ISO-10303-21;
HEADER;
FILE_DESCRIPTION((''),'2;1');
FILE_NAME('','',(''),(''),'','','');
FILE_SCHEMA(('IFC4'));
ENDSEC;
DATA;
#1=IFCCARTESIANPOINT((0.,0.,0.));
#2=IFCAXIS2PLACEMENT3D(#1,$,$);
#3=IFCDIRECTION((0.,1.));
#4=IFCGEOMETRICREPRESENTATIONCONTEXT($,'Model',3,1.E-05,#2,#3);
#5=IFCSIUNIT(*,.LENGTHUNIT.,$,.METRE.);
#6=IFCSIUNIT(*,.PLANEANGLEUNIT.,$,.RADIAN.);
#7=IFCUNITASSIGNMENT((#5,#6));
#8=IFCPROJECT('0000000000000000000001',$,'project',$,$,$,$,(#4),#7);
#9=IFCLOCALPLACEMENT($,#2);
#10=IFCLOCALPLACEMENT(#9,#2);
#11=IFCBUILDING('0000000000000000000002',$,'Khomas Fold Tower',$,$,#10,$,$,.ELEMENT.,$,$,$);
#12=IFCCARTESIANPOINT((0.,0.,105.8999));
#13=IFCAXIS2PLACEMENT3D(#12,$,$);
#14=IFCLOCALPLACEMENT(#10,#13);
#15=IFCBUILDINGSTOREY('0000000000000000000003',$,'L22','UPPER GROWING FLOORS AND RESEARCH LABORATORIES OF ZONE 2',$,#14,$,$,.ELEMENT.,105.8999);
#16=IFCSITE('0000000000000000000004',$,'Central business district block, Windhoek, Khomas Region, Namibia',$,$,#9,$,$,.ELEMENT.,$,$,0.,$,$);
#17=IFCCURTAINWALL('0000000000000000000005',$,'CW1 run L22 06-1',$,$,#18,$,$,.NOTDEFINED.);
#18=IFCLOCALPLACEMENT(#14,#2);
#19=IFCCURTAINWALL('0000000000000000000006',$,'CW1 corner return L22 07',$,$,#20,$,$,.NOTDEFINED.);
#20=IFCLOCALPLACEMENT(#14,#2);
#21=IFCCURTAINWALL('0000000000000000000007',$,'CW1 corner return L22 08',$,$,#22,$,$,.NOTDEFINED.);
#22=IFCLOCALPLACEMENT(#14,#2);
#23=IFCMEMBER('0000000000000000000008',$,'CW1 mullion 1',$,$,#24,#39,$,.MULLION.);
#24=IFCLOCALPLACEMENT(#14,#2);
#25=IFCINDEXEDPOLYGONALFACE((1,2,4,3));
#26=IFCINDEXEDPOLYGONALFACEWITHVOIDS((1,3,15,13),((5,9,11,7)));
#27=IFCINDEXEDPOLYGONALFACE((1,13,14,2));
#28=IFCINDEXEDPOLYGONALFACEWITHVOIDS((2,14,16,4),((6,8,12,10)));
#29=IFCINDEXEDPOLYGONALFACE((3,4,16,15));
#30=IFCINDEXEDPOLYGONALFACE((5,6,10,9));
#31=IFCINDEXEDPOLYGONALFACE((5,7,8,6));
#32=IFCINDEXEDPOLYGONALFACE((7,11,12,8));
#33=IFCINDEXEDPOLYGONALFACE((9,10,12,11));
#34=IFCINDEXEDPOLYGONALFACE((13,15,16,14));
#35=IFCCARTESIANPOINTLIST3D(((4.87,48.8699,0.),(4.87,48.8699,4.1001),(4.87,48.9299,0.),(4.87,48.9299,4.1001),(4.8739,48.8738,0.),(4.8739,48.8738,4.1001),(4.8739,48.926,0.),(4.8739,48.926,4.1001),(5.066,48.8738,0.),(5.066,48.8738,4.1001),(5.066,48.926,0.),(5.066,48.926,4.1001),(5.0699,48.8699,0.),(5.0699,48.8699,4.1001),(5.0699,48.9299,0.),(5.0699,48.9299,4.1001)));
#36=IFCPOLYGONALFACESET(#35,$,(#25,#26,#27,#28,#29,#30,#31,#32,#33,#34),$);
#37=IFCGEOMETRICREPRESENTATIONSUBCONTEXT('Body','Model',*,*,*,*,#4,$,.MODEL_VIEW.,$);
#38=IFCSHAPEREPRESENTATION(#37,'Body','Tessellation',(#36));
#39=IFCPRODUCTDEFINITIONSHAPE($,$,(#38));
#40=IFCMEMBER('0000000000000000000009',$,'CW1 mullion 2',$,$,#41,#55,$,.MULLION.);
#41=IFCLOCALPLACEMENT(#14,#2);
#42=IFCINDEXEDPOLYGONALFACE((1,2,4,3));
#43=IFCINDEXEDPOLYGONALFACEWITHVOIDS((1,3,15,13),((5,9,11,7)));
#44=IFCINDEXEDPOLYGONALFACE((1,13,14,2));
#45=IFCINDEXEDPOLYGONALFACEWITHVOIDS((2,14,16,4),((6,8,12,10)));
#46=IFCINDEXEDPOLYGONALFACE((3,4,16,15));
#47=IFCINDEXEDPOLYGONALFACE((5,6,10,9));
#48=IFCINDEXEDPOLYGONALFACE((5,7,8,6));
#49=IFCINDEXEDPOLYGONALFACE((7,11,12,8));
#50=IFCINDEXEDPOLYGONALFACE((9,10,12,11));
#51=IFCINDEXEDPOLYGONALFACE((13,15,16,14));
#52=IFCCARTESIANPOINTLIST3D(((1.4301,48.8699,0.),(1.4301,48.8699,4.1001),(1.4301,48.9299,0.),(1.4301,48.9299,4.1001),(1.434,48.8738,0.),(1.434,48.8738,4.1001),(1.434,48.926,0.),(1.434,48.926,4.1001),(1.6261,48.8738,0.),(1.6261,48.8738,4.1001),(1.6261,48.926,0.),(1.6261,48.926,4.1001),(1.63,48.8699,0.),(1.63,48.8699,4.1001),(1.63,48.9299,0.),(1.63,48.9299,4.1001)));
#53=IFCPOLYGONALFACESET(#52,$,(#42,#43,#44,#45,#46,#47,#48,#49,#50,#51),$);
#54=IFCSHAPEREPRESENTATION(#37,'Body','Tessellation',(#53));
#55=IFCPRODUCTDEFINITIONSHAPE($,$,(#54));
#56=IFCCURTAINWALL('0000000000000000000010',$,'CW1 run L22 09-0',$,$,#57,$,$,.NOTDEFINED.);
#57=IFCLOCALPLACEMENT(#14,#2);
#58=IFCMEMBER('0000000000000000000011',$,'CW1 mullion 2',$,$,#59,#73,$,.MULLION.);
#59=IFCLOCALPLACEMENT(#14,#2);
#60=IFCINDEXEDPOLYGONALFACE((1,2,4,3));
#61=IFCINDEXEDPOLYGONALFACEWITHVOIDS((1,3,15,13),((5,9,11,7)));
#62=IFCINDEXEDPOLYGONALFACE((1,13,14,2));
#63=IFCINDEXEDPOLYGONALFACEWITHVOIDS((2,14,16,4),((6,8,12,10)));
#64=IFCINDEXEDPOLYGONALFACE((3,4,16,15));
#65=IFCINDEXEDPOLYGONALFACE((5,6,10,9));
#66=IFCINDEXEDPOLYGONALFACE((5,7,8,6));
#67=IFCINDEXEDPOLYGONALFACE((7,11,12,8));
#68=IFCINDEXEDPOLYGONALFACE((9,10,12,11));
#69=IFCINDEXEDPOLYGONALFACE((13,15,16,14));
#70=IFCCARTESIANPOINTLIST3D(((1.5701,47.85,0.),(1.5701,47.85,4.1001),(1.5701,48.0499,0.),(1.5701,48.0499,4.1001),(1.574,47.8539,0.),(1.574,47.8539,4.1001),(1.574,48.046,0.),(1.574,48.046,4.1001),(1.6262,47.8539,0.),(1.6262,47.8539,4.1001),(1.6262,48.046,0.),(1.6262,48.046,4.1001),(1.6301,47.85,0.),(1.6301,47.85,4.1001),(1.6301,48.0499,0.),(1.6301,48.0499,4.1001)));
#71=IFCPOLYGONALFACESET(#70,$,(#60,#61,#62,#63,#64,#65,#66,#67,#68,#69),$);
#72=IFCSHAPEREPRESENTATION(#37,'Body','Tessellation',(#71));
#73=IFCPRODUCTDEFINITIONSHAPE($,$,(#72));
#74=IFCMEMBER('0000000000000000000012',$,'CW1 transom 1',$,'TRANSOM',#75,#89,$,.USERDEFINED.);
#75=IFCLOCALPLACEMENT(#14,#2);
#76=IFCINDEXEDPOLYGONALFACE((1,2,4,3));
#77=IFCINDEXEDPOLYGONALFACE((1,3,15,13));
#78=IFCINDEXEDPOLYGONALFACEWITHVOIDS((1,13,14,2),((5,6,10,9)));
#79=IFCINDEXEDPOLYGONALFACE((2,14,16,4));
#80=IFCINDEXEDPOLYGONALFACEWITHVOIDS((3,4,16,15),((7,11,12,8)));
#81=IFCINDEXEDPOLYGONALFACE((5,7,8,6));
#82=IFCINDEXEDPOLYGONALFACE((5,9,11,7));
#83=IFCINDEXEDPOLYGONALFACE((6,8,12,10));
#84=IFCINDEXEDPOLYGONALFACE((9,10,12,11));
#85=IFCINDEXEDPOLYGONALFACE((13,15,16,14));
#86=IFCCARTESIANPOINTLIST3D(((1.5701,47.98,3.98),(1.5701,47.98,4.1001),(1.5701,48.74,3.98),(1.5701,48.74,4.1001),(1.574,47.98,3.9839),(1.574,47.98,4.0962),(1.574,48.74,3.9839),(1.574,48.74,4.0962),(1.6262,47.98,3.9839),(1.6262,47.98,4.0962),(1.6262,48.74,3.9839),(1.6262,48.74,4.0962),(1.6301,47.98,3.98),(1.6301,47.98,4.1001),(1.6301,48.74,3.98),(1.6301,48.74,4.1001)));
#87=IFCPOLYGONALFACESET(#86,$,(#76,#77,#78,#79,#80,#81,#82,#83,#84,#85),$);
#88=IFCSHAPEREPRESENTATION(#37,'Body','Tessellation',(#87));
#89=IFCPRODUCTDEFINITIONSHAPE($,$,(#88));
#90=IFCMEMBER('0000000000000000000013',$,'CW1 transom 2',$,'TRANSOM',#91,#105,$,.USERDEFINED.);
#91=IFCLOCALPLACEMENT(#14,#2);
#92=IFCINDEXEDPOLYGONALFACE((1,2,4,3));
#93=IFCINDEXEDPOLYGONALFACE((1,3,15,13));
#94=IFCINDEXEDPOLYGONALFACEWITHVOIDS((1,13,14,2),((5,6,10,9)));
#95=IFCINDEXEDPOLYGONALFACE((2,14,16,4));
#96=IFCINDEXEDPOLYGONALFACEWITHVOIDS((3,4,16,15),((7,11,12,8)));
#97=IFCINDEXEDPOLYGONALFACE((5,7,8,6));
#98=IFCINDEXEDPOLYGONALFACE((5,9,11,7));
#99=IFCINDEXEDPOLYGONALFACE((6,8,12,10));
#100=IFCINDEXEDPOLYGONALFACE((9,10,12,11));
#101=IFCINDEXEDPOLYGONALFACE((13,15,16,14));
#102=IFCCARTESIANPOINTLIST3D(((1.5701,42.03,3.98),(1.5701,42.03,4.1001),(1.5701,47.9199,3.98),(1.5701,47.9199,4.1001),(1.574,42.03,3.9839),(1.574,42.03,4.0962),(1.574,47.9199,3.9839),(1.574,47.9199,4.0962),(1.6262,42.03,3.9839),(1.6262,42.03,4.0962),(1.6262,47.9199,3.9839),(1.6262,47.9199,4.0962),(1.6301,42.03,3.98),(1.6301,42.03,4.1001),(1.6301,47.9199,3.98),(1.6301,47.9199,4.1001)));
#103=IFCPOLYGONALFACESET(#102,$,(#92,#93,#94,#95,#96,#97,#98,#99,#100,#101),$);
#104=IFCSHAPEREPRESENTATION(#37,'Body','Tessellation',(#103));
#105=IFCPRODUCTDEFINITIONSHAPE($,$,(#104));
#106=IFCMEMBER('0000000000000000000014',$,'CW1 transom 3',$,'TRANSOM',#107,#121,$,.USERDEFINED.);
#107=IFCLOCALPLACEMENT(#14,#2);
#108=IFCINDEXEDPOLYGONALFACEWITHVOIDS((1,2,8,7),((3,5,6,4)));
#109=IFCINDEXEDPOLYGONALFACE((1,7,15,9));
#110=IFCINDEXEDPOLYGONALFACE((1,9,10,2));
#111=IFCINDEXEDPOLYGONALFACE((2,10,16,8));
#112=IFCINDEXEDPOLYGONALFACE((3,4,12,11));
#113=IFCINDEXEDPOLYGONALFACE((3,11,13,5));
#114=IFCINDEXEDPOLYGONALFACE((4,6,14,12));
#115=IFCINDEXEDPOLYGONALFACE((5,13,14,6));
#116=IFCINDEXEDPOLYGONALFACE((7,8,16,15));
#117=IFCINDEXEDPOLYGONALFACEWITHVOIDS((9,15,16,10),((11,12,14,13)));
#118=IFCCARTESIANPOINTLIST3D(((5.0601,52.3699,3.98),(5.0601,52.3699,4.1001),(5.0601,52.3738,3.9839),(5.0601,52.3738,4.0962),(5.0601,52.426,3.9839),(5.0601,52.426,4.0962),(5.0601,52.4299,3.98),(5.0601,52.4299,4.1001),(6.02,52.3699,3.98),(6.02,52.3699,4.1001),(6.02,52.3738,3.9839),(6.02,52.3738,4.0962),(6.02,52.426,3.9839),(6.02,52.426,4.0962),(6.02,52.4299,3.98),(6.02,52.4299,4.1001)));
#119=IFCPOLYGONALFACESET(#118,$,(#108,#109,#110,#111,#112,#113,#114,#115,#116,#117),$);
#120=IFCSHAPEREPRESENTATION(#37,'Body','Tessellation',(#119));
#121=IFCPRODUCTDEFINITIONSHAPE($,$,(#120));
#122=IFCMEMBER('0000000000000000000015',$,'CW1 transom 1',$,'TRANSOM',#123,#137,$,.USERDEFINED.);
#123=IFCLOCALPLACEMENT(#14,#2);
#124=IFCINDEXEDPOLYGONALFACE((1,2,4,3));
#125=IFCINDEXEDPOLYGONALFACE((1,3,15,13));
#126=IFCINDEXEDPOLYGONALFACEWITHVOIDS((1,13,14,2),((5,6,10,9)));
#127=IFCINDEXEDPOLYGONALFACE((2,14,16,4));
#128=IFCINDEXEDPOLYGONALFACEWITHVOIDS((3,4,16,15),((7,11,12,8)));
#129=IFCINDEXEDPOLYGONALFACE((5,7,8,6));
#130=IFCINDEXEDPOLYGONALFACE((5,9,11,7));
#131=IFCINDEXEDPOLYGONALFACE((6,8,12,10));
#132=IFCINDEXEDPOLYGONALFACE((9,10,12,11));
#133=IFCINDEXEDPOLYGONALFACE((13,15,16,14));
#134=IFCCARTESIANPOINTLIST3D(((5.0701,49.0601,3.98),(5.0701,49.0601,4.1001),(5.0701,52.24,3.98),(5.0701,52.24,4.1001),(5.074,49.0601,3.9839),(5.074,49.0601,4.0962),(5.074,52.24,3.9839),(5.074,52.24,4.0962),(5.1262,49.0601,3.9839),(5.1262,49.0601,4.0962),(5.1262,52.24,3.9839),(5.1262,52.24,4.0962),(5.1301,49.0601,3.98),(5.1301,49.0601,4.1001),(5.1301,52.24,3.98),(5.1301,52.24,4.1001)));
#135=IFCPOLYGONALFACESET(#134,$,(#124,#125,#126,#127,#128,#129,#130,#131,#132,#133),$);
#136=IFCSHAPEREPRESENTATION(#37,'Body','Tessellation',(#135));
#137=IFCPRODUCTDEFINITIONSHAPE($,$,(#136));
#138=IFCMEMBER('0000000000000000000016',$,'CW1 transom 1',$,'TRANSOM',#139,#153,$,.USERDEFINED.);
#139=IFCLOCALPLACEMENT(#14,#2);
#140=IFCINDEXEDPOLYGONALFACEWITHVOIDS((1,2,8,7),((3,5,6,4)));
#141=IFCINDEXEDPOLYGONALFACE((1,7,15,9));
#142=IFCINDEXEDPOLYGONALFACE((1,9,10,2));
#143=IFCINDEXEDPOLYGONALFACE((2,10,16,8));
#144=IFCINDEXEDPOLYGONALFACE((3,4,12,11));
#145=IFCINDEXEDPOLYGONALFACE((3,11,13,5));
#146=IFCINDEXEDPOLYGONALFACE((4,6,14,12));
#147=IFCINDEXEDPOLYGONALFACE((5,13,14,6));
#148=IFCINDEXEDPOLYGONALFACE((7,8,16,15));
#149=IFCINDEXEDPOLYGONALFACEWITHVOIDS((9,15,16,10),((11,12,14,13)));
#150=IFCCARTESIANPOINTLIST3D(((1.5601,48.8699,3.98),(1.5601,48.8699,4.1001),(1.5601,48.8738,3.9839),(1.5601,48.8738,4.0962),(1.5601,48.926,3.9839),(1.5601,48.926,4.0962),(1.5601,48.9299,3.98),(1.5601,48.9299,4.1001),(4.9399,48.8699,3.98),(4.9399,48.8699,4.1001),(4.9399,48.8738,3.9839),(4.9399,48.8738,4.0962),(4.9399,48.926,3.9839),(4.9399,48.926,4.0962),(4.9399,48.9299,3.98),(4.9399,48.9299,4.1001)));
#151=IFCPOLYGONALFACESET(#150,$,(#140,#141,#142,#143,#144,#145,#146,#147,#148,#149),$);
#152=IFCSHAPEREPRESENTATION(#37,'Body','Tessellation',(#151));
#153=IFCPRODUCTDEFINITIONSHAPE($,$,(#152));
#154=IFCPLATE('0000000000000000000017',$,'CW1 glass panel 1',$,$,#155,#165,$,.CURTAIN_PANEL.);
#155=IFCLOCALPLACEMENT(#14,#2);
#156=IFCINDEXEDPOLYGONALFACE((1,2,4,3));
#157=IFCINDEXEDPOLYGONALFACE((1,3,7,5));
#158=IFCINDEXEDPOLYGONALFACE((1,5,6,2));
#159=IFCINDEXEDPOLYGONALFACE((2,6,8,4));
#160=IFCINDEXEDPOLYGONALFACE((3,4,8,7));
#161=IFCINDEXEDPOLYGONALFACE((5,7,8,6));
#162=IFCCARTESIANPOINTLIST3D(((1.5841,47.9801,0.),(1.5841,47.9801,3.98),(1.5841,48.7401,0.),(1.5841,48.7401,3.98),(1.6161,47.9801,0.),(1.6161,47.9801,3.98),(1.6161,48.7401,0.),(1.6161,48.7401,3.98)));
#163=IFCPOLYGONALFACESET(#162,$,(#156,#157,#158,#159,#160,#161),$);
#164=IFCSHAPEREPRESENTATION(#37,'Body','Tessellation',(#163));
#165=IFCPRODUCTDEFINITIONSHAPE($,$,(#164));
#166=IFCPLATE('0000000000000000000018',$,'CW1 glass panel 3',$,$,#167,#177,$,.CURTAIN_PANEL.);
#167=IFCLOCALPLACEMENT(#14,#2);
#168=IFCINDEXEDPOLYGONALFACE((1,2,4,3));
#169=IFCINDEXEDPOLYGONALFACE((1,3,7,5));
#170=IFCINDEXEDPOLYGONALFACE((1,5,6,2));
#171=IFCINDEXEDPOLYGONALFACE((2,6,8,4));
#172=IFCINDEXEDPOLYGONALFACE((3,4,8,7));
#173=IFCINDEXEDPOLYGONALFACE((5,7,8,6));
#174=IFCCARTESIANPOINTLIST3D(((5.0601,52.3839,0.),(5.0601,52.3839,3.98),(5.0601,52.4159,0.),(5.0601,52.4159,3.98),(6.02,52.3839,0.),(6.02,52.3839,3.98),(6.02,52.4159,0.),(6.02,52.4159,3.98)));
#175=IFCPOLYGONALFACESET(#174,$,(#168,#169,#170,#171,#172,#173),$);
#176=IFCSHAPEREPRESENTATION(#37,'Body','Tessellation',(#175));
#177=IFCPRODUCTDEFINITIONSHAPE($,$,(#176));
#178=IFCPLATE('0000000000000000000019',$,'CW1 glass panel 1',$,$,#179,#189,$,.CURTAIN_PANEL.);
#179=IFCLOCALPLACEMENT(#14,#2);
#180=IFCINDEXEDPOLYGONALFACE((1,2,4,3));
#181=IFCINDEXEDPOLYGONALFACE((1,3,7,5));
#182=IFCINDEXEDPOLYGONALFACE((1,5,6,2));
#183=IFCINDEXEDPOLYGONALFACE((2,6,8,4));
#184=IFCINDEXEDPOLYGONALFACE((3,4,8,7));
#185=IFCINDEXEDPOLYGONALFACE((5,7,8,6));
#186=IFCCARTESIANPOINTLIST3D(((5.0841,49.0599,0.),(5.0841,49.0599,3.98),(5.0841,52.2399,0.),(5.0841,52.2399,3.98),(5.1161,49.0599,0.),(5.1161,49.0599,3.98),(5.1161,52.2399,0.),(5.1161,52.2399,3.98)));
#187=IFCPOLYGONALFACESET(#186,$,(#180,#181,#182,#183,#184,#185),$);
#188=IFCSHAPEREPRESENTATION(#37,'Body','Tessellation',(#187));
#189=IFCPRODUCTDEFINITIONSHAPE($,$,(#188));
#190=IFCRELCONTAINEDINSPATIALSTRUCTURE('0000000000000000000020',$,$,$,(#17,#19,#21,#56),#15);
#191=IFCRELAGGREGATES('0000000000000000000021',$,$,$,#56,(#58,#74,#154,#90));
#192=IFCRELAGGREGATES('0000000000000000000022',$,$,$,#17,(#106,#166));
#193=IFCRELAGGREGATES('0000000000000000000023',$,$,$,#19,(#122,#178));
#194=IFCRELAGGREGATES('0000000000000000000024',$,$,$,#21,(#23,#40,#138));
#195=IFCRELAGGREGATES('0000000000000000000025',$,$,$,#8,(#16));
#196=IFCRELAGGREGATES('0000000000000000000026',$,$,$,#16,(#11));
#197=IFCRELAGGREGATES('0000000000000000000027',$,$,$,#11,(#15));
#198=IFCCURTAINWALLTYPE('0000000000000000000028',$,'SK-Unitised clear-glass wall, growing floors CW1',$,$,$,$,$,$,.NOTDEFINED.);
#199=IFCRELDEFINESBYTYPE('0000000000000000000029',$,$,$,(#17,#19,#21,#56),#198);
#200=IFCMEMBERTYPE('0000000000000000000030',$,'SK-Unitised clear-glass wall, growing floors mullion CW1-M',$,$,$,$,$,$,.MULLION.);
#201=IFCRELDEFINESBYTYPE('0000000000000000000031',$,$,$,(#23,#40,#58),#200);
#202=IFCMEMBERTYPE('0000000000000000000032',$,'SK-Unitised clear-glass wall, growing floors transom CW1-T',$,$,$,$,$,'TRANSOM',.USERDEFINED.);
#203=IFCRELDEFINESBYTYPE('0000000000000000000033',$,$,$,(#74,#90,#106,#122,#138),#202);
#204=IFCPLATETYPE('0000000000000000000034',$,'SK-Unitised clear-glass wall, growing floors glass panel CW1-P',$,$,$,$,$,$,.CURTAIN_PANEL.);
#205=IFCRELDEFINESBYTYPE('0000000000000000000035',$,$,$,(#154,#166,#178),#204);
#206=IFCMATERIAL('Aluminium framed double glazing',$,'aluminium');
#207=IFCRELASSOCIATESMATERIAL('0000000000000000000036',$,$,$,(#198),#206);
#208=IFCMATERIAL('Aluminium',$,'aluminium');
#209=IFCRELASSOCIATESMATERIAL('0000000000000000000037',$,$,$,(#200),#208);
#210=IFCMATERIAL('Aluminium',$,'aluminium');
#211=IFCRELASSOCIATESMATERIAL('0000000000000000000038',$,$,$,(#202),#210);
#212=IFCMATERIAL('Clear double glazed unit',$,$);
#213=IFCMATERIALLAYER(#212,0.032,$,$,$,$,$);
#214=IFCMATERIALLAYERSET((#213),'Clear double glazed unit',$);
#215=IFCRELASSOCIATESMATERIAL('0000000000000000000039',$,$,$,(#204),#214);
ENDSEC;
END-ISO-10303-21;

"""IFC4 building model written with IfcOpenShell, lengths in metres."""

from ifc_helpers import new_model, si_unit, direction, frame, origin, origin_2d, place, context, subcontext, project, spatial, rectangle, hollow_rectangle, extrude, source, transform, mapped, material, layer, layer_set, material_profile, profile_set, type_object, element, aggregate, save


model = new_model("IFC4")

# Units and contexts
model_context = context("Model", 3, precision=1e-05, world=origin(), true_north=direction((0.0, 1.0)))
body_context = subcontext(model_context, "Body", "Model", "MODEL_VIEW")
ifc_project = project(units=[si_unit("LENGTHUNIT", "METRE"), si_unit("PLANEANGLEUNIT", "RADIAN")], contexts=[model_context])

# Site, building, storey
site_placement = place(None, origin())
site = spatial("IfcSite", under=ifc_project, at=site_placement, Name="Central business district block, Windhoek, Khomas Region, Namibia", CompositionType="ELEMENT", RefElevation=0.0)
building_placement = place(site_placement, origin())
building = spatial("IfcBuilding", under=site, at=building_placement, Name="Khomas Fold Tower", CompositionType="ELEMENT")
storey_placement = place(building_placement, frame((0.0, 0.0, 105.8999)))
storey = spatial("IfcBuildingStorey", under=building, at=storey_placement, Name="L22", Description="UPPER GROWING FLOORS AND RESEARCH LABORATORIES OF ZONE 2", CompositionType="ELEMENT", Elevation=105.8999)

# Curtain walls, members
ifc_material_1 = material(Name="Aluminium framed double glazing", Category="aluminium")
curtain_wall_type = type_object("IfcCurtainWallType", Name="SK-Unitised clear-glass wall, growing floors CW1", PredefinedType="NOTDEFINED", material=ifc_material_1)
curtain_wall_1_placement = place(storey_placement, origin())
curtain_wall_1 = element("IfcCurtainWall", 1, at=curtain_wall_1_placement, inside=storey, type_object=curtain_wall_type, Name="CW1 run L22 06-1", PredefinedType="NOTDEFINED")
ifc_material_2 = material(Name="Aluminium", Category="aluminium")
ifc_material_profile_1 = material_profile(ifc_material_2, hollow_rectangle(XDim=0.0601, YDim=0.2, WallThickness=0.0039, at=origin_2d()), Name="SK-Unitised clear-glass wall, growing floors mullion CW1-M")
ifc_profile_set_1 = profile_set([ifc_material_profile_1], Name="Aluminium")
member_type_1 = type_object("IfcMemberType", Name="SK-Unitised clear-glass wall, growing floors mullion CW1-M", PredefinedType="MULLION", material=ifc_profile_set_1)
shared_shape_1 = source(origin(), body_context, "Body", "SweptSolid", [
    extrude(hollow_rectangle(XDim=0.0601, YDim=0.2, WallThickness=0.0039, at=origin_2d()), origin(), (0.0, 0.0, 1.0), 4.1001),
])
curtain_wall_2_placement = place(storey_placement, origin())
curtain_wall_2 = element("IfcCurtainWall", 2, at=curtain_wall_2_placement, inside=storey, type_object=curtain_wall_type, Name="CW1 corner return L22 07", PredefinedType="NOTDEFINED")
curtain_wall_3_placement = place(storey_placement, origin())
curtain_wall_3 = element("IfcCurtainWall", 3, at=curtain_wall_3_placement, inside=storey, type_object=curtain_wall_type, Name="CW1 corner return L22 08", PredefinedType="NOTDEFINED")
member_1_placement = place(storey_placement, frame((4.97, 48.8999, 0.0), z_axis=(0.0, 0.0, 1.0), x_axis=(0.0, -1.0, 0.0)))
member_1 = element("IfcMember", 4, at=member_1_placement, type_object=member_type_1, Name="CW1 mullion 1", PredefinedType="MULLION", context=body_context, shape_type="MappedRepresentation", body=[
    mapped(shared_shape_1, transform((0.0, 0.0, 0.0))),
])
member_2_placement = place(storey_placement, frame((1.53, 48.8999, 0.0), z_axis=(0.0, 0.0, 1.0), x_axis=(0.0, -1.0, 0.0)))
member_2 = element("IfcMember", 5, at=member_2_placement, type_object=member_type_1, Name="CW1 mullion 2", PredefinedType="MULLION", context=body_context, shape_type="MappedRepresentation", body=[
    mapped(shared_shape_1, transform((0.0, 0.0, 0.0))),
])
curtain_wall_4_placement = place(storey_placement, origin())
curtain_wall_4 = element("IfcCurtainWall", 6, at=curtain_wall_4_placement, inside=storey, type_object=curtain_wall_type, Name="CW1 run L22 09-0", PredefinedType="NOTDEFINED")
member_3_placement = place(storey_placement, frame((1.6001, 47.95, 0.0), z_axis=(0.0, 0.0, 1.0), x_axis=(1.0, 0.0, 0.0)))
member_3 = element("IfcMember", 7, at=member_3_placement, type_object=member_type_1, Name="CW1 mullion 2", PredefinedType="MULLION", context=body_context, shape_type="MappedRepresentation", body=[
    mapped(shared_shape_1, transform((0.0, 0.0, 0.0))),
])
ifc_material_3 = material(Name="Aluminium", Category="aluminium")
ifc_material_profile_2 = material_profile(ifc_material_3, hollow_rectangle(XDim=0.0601, YDim=0.1201, WallThickness=0.0039, at=origin_2d()), Name="SK-Unitised clear-glass wall, growing floors transom CW1-T")
ifc_profile_set_2 = profile_set([ifc_material_profile_2], Name="Aluminium")
member_type_2 = type_object("IfcMemberType", Name="SK-Unitised clear-glass wall, growing floors transom CW1-T", ElementType="TRANSOM", PredefinedType="USERDEFINED", material=ifc_profile_set_2)
shared_shape_2 = source(origin(), body_context, "Body", "SweptSolid", [
    extrude(hollow_rectangle(XDim=0.0601, YDim=0.1201, WallThickness=0.0039, at=origin_2d()), origin(), (0.0, 0.0, 1.0), 0.76),
])
member_4_placement = place(storey_placement, frame((1.6001, 48.74, 4.04), z_axis=(0.0, -1.0, 0.0), x_axis=(1.0, 0.0, 0.0)))
member_4 = element("IfcMember", 8, at=member_4_placement, type_object=member_type_2, Name="CW1 transom 1", ObjectType="TRANSOM", PredefinedType="USERDEFINED", context=body_context, shape_type="MappedRepresentation", body=[
    mapped(shared_shape_2, transform((0.0, 0.0, 0.0))),
])
shared_shape_3 = source(origin(), body_context, "Body", "SweptSolid", [
    extrude(hollow_rectangle(XDim=0.0601, YDim=0.1201, WallThickness=0.0039, at=origin_2d()), origin(), (0.0, 0.0, 1.0), 5.8899),
])
member_5_placement = place(storey_placement, frame((1.6001, 47.9199, 4.04), z_axis=(0.0, -1.0, 0.0), x_axis=(1.0, 0.0, 0.0)))
member_5 = element("IfcMember", 9, at=member_5_placement, type_object=member_type_2, Name="CW1 transom 2", ObjectType="TRANSOM", PredefinedType="USERDEFINED", context=body_context, shape_type="MappedRepresentation", body=[
    mapped(shared_shape_3, transform((0.0, 0.0, 0.0))),
])

# Members
shared_shape_4 = source(origin(), body_context, "Body", "SweptSolid", [
    extrude(hollow_rectangle(XDim=0.0601, YDim=0.1201, WallThickness=0.0039, at=origin_2d()), origin(), (0.0, 0.0, 1.0), 0.96),
])
member_6_placement = place(storey_placement, frame((6.02, 52.3999, 4.04), z_axis=(-1.0, 0.0, 0.0), x_axis=(0.0, -1.0, 0.0)))
member_6 = element("IfcMember", 10, at=member_6_placement, type_object=member_type_2, Name="CW1 transom 3", ObjectType="TRANSOM", PredefinedType="USERDEFINED", context=body_context, shape_type="MappedRepresentation", body=[
    mapped(shared_shape_4, transform((0.0, 0.0, 0.0))),
])
shared_shape_5 = source(origin(), body_context, "Body", "SweptSolid", [
    extrude(hollow_rectangle(XDim=0.0601, YDim=0.1201, WallThickness=0.0039, at=origin_2d()), origin(), (0.0, 0.0, 1.0), 3.1799),
])
member_7_placement = place(storey_placement, frame((5.1001, 52.24, 4.04), z_axis=(0.0, -1.0, 0.0), x_axis=(1.0, 0.0, 0.0)))
member_7 = element("IfcMember", 11, at=member_7_placement, type_object=member_type_2, Name="CW1 transom 1", ObjectType="TRANSOM", PredefinedType="USERDEFINED", context=body_context, shape_type="MappedRepresentation", body=[
    mapped(shared_shape_5, transform((0.0, 0.0, 0.0))),
])
shared_shape_6 = source(origin(), body_context, "Body", "SweptSolid", [
    extrude(hollow_rectangle(XDim=0.0601, YDim=0.1201, WallThickness=0.0039, at=origin_2d()), origin(), (0.0, 0.0, 1.0), 3.3799),
])
member_8_placement = place(storey_placement, frame((4.9399, 48.8999, 4.04), z_axis=(-1.0, 0.0, 0.0), x_axis=(0.0, -1.0, 0.0)))
member_8 = element("IfcMember", 12, at=member_8_placement, type_object=member_type_2, Name="CW1 transom 1", ObjectType="TRANSOM", PredefinedType="USERDEFINED", context=body_context, shape_type="MappedRepresentation", body=[
    mapped(shared_shape_6, transform((0.0, 0.0, 0.0))),
])

# Plates
ifc_material_4 = material(Name="Clear double glazed unit")
ifc_layer_1 = layer(ifc_material_4, 0.032)
ifc_layer_set_1 = layer_set([ifc_layer_1], Name="Clear double glazed unit")
plate_type = type_object("IfcPlateType", Name="SK-Unitised clear-glass wall, growing floors glass panel CW1-P", PredefinedType="CURTAIN_PANEL", material=ifc_layer_set_1)
shared_shape_7 = source(origin(), body_context, "Body", "SweptSolid", [
    extrude(rectangle(XDim=0.76, YDim=0.032, at=origin_2d()), origin(), (0.0, 0.0, 1.0), 3.98),
])
plate_1_placement = place(storey_placement, frame((1.6001, 48.3601, 0.0), z_axis=(0.0, 0.0, 1.0), x_axis=(0.0, -1.0, 0.0)))
plate_1 = element("IfcPlate", 13, at=plate_1_placement, type_object=plate_type, Name="CW1 glass panel 1", PredefinedType="CURTAIN_PANEL", context=body_context, shape_type="MappedRepresentation", body=[
    mapped(shared_shape_7, transform((0.0, 0.0, 0.0))),
])
aggregate(curtain_wall_4, [member_3, member_4, plate_1, member_5])
shared_shape_8 = source(origin(), body_context, "Body", "SweptSolid", [
    extrude(rectangle(XDim=0.96, YDim=0.032, at=origin_2d()), origin(), (0.0, 0.0, 1.0), 3.98),
])
plate_2_placement = place(storey_placement, frame((5.54, 52.3999, 0.0), z_axis=(0.0, 0.0, 1.0), x_axis=(-1.0, 0.0, 0.0)))
plate_2 = element("IfcPlate", 14, at=plate_2_placement, type_object=plate_type, Name="CW1 glass panel 3", PredefinedType="CURTAIN_PANEL", context=body_context, shape_type="MappedRepresentation", body=[
    mapped(shared_shape_8, transform((0.0, 0.0, 0.0))),
])
aggregate(curtain_wall_1, [member_6, plate_2])
shared_shape_9 = source(origin(), body_context, "Body", "SweptSolid", [
    extrude(rectangle(XDim=3.1799, YDim=0.032, at=origin_2d()), origin(), (0.0, 0.0, 1.0), 3.98),
])
plate_3_placement = place(storey_placement, frame((5.1001, 50.6499, 0.0), z_axis=(0.0, 0.0, 1.0), x_axis=(0.0, -1.0, 0.0)))
plate_3 = element("IfcPlate", 15, at=plate_3_placement, type_object=plate_type, Name="CW1 glass panel 1", PredefinedType="CURTAIN_PANEL", context=body_context, shape_type="MappedRepresentation", body=[
    mapped(shared_shape_9, transform((0.0, 0.0, 0.0))),
])
aggregate(curtain_wall_2, [member_7, plate_3])
aggregate(curtain_wall_3, [member_1, member_2, member_8])

save(model, "model.ifc")
